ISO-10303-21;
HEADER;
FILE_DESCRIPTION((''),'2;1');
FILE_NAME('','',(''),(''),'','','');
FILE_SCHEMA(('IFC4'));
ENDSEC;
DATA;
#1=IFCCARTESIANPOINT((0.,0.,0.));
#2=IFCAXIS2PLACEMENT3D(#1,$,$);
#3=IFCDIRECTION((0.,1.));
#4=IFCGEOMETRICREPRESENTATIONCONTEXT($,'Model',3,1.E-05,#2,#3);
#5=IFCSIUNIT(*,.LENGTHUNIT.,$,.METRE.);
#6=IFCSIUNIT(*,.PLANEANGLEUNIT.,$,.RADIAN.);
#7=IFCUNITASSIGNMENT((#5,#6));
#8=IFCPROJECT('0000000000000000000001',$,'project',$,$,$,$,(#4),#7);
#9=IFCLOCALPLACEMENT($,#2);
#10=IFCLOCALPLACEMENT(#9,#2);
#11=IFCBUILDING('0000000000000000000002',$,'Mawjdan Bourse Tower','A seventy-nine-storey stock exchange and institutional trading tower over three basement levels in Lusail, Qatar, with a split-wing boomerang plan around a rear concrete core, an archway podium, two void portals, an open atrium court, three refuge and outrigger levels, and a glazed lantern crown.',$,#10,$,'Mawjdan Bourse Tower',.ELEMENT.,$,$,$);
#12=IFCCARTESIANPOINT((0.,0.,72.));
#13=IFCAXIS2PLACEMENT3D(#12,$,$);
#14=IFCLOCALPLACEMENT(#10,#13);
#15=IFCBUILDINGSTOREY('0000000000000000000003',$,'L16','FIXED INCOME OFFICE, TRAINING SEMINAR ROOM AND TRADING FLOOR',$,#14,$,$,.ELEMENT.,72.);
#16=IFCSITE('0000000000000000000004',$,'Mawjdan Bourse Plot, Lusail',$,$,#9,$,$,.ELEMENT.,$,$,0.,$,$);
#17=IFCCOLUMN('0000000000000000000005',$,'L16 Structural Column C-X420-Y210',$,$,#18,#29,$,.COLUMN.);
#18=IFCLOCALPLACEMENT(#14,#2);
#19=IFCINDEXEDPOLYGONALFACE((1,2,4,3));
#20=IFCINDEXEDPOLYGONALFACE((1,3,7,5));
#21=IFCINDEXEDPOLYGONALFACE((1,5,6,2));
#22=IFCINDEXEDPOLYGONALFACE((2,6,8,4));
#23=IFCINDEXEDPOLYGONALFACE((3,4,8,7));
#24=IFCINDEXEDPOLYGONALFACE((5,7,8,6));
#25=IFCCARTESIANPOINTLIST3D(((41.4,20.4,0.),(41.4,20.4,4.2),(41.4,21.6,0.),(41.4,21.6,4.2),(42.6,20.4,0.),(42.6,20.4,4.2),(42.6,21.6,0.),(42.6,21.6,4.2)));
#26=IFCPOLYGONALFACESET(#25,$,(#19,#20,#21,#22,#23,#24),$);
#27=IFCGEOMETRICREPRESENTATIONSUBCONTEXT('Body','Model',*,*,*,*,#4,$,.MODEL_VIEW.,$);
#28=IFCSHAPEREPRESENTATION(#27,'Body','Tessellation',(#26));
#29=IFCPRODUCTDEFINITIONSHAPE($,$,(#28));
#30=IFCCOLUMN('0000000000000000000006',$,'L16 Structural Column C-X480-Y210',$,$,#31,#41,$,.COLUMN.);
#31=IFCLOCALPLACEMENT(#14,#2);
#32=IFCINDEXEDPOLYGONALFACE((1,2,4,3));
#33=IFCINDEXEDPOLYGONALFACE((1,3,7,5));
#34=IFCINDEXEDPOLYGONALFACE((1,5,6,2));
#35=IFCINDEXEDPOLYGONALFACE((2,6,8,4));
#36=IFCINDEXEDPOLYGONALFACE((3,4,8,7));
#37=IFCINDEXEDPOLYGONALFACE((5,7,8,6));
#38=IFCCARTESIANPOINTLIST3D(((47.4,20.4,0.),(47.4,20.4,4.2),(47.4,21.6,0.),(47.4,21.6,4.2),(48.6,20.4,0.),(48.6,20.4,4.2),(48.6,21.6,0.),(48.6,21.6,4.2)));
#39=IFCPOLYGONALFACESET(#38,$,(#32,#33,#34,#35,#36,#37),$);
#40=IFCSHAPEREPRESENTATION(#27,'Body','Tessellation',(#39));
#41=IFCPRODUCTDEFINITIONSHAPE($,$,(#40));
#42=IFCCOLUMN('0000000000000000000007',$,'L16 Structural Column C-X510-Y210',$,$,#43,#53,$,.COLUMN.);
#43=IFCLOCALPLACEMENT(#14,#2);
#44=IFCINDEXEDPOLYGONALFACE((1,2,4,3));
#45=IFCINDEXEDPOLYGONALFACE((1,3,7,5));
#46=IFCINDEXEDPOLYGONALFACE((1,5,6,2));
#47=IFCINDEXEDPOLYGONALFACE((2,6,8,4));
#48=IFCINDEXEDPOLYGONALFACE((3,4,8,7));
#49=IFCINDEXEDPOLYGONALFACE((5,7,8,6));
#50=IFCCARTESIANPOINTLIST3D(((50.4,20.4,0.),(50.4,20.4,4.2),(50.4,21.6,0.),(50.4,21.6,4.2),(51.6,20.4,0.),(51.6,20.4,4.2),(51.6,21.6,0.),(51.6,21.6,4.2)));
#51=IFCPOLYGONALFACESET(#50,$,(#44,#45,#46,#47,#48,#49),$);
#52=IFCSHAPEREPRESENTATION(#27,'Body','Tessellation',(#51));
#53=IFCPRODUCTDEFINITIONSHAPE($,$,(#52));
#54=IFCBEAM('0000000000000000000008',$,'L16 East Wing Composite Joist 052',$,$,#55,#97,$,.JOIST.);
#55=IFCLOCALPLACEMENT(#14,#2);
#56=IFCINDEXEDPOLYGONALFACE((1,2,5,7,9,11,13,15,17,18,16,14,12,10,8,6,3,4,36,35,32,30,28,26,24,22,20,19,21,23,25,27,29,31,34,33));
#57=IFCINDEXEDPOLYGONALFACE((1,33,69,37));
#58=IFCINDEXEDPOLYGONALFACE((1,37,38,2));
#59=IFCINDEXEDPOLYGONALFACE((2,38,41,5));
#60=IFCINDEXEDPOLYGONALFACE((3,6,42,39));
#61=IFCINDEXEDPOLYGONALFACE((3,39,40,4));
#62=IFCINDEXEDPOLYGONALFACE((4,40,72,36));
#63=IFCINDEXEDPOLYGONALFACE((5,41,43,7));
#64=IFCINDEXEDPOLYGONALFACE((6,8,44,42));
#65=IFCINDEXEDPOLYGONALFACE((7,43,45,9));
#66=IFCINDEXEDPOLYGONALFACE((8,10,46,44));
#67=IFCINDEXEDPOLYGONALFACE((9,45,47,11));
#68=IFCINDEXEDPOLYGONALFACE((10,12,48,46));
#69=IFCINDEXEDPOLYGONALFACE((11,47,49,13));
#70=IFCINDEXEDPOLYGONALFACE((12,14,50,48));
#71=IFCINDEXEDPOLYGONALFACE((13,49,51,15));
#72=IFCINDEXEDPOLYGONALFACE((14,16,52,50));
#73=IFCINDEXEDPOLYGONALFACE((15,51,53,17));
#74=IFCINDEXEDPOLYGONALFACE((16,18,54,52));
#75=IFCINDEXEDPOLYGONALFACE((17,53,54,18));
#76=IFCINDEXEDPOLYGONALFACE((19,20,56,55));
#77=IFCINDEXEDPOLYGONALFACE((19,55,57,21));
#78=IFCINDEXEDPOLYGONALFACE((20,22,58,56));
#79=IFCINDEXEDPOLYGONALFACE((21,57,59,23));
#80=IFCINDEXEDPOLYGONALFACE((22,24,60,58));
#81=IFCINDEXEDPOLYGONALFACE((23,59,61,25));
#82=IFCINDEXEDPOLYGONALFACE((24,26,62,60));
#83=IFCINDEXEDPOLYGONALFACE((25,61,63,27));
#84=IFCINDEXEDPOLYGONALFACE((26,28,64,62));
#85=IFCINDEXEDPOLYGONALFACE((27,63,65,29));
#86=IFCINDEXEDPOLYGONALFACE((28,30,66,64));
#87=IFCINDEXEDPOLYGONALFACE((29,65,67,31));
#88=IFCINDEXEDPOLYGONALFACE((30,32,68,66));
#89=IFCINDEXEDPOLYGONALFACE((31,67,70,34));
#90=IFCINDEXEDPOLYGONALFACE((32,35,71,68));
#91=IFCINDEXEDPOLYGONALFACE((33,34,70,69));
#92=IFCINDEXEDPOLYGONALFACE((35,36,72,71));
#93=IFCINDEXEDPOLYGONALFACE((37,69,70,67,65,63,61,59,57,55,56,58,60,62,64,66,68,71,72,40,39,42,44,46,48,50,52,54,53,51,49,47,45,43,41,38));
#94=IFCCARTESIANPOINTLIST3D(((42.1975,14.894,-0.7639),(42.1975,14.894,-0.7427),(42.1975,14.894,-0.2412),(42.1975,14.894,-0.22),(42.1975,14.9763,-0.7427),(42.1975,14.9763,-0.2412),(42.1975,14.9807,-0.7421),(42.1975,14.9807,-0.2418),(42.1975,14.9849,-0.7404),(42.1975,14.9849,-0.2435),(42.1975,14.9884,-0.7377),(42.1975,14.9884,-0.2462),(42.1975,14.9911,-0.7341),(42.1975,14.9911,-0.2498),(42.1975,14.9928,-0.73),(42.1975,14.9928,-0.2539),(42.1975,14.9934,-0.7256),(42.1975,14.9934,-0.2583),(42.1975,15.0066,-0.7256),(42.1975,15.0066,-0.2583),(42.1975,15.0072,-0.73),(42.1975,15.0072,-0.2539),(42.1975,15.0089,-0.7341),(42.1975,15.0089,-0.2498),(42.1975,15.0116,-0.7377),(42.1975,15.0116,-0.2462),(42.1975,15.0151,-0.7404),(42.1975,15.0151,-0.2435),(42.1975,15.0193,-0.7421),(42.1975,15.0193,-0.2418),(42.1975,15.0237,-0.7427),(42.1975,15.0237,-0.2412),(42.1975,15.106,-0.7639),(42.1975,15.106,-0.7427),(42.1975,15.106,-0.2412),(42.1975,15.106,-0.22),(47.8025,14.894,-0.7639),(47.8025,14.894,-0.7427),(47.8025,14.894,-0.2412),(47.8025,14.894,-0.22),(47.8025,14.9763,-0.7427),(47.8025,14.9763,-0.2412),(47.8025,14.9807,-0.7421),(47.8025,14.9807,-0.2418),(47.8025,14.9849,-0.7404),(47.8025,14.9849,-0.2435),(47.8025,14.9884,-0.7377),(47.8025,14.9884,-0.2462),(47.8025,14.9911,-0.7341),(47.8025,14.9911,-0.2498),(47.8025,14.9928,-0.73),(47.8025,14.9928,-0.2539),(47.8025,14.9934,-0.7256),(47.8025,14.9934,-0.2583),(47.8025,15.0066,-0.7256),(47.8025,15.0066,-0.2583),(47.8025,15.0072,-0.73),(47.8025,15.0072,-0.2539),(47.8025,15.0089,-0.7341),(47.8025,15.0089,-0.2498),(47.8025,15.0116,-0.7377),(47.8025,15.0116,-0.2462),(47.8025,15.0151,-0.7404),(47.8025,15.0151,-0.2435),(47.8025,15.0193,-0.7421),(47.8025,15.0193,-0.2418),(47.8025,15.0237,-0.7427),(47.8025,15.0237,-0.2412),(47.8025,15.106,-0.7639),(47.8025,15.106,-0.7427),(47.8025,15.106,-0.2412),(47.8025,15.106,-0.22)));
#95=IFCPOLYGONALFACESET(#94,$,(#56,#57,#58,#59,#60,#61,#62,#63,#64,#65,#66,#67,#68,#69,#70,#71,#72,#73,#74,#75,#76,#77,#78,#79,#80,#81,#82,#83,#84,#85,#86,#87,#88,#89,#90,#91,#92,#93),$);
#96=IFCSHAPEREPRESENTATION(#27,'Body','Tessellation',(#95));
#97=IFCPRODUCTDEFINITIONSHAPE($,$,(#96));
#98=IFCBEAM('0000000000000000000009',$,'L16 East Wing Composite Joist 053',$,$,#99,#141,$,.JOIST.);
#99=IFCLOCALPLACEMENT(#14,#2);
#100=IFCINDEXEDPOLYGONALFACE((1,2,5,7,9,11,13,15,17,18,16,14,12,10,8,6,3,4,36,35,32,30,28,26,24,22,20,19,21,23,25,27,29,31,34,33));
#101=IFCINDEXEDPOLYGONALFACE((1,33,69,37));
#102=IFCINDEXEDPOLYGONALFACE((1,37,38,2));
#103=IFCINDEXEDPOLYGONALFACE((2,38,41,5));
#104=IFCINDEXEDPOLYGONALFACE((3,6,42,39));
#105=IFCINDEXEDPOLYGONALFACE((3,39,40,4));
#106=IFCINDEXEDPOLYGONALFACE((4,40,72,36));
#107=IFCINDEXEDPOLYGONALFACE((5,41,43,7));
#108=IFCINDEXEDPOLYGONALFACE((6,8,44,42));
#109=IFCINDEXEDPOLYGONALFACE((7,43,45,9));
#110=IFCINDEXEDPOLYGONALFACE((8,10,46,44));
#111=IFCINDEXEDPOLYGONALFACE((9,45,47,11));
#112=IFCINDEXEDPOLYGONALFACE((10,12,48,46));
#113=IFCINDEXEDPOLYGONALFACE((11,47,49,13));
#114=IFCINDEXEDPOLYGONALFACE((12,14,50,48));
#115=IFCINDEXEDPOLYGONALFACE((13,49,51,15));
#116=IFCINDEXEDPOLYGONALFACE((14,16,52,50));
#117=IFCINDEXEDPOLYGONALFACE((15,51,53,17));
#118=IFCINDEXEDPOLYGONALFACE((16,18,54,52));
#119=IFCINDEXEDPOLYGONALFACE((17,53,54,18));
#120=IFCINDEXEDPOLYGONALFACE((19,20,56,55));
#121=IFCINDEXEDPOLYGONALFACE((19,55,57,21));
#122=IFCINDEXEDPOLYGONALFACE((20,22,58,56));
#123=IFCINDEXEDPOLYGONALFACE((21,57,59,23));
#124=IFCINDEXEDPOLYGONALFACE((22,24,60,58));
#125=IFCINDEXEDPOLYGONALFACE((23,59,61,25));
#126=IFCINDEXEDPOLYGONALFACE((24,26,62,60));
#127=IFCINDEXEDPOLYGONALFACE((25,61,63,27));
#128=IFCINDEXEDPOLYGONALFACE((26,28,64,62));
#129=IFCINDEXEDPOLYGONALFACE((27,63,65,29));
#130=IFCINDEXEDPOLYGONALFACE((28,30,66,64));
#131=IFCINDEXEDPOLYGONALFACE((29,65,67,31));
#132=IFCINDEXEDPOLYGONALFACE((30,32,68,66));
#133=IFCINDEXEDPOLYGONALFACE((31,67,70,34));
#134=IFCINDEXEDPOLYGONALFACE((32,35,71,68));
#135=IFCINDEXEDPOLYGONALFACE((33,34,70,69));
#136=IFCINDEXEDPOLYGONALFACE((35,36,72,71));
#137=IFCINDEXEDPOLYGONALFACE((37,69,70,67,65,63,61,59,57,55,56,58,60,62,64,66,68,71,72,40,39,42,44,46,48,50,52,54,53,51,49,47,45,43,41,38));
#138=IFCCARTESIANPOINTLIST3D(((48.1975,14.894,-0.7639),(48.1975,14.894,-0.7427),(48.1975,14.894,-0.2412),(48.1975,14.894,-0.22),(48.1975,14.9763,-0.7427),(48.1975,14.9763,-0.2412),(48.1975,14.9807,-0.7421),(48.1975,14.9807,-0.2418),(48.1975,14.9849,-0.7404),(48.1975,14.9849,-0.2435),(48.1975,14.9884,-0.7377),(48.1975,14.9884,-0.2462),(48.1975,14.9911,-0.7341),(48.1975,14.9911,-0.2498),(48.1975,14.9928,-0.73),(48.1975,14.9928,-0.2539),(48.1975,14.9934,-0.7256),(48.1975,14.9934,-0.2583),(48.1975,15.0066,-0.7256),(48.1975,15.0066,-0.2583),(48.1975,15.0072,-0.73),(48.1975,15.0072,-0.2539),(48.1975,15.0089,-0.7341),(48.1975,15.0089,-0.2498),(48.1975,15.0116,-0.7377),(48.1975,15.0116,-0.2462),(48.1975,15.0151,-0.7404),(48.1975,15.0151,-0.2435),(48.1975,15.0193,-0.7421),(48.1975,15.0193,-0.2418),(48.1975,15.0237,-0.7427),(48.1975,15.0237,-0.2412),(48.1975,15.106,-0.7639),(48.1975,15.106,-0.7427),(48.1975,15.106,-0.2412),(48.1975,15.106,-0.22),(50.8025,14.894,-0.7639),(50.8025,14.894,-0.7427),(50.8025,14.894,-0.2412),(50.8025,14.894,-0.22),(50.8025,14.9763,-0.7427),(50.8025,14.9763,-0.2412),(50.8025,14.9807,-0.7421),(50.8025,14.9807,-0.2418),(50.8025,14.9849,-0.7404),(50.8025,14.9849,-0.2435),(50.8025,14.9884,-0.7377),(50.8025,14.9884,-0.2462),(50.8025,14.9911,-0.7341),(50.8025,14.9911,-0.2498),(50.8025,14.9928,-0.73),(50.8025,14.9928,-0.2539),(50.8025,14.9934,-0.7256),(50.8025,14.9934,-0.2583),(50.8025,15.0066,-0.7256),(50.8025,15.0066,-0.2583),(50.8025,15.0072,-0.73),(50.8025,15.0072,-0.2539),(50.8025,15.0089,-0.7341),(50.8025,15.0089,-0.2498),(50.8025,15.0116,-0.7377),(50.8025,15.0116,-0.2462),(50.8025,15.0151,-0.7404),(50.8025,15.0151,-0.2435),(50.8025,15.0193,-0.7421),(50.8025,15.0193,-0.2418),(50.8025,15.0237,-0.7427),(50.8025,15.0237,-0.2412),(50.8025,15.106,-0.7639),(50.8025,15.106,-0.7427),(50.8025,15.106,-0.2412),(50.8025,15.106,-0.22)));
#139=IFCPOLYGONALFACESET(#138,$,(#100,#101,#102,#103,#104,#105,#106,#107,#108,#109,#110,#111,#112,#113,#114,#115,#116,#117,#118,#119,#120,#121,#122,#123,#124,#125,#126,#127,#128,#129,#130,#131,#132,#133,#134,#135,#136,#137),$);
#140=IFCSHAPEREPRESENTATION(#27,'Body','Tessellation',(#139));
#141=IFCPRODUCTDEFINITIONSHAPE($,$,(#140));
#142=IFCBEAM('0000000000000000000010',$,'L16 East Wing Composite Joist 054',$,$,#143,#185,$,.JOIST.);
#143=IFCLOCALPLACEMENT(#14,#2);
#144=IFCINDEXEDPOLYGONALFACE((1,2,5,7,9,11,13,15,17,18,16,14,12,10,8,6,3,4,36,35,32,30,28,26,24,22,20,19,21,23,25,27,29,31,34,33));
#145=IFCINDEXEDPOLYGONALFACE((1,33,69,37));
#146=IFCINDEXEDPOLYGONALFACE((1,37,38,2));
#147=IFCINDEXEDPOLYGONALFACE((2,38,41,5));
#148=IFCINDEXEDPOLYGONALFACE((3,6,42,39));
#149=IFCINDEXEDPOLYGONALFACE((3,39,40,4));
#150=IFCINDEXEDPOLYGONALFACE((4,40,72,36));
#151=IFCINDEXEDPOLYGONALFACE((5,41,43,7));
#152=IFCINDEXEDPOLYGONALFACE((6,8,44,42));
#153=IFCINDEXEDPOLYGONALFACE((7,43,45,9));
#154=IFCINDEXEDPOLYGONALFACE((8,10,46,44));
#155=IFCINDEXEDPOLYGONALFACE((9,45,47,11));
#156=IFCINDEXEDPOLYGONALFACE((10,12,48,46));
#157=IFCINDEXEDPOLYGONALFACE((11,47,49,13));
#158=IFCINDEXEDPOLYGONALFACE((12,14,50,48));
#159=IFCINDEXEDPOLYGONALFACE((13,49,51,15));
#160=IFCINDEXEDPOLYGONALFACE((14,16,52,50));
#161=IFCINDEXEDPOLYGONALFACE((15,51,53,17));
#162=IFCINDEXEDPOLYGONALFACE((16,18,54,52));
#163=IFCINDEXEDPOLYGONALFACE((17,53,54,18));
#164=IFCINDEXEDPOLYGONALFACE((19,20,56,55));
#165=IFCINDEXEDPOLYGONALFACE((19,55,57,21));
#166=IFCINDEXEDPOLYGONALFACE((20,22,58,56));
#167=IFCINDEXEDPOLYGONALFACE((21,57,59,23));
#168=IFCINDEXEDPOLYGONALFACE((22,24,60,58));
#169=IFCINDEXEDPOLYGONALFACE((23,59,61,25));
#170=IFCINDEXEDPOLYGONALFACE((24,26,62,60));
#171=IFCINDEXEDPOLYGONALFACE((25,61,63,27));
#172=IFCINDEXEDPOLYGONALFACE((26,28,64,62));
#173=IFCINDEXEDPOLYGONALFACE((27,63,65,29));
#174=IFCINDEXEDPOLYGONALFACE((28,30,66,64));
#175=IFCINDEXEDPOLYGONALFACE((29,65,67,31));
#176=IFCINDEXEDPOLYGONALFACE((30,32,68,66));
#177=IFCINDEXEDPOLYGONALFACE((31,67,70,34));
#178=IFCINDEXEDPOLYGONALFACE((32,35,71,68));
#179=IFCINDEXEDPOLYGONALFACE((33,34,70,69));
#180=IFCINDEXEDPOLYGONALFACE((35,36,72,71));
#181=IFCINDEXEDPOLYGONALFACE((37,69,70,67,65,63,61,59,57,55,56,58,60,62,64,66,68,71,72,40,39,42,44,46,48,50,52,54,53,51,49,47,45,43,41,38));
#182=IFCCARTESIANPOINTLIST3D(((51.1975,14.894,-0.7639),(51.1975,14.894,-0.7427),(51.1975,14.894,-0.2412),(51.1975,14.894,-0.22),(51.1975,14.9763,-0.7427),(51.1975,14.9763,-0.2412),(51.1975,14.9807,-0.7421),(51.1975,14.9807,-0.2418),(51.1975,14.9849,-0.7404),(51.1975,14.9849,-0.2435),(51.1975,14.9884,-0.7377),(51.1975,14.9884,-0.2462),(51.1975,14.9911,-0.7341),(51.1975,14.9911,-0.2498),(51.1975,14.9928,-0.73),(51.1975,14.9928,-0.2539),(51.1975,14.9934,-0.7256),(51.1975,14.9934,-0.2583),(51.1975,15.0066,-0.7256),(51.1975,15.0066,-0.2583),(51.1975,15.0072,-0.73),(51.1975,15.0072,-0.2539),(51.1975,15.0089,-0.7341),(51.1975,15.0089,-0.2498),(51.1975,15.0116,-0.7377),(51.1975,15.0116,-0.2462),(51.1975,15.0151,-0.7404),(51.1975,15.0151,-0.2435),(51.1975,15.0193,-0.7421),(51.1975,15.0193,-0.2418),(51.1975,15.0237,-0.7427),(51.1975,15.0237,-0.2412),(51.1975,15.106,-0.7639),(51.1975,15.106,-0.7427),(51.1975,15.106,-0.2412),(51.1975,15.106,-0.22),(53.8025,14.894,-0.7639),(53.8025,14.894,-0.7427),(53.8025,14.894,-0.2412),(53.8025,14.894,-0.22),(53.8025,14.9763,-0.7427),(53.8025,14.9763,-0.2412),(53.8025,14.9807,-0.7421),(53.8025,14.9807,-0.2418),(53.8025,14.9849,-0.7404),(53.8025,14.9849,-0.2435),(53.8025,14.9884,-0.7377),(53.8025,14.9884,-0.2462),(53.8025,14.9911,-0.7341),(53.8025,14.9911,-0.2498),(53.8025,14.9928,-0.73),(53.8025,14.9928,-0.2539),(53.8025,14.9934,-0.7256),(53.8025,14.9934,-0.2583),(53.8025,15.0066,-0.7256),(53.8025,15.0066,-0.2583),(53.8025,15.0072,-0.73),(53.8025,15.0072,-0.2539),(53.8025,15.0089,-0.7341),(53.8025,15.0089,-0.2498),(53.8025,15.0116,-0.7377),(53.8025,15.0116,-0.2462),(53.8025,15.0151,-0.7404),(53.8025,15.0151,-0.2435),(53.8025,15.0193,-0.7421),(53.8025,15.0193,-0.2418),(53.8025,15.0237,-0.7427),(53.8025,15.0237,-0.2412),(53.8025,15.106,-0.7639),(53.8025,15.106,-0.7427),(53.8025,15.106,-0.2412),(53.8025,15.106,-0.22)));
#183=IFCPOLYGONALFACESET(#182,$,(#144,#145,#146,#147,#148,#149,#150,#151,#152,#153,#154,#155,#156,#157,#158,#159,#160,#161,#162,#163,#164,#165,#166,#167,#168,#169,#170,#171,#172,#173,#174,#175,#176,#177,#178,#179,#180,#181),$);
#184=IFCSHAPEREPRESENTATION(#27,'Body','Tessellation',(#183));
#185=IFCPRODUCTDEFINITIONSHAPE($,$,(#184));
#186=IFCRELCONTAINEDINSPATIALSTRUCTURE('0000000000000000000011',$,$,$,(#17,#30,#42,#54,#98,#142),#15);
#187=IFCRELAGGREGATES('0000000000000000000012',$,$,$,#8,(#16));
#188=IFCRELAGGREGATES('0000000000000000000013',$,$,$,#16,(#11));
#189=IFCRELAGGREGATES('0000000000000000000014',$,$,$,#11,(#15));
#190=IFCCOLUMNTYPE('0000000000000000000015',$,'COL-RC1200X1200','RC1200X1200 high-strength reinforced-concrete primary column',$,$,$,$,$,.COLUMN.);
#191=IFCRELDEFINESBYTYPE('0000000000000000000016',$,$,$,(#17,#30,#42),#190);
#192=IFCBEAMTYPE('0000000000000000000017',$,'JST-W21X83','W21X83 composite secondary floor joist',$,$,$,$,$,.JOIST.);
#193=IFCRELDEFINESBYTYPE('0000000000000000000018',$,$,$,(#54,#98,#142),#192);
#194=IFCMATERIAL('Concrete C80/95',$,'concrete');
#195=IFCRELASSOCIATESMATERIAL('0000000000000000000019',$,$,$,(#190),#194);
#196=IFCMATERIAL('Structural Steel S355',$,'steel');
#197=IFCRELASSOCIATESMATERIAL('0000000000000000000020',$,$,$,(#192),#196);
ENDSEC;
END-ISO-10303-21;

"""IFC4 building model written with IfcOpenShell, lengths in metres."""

from ifc_helpers import new_model, si_unit, direction, frame, origin, origin_2d, place, context, subcontext, project, spatial, rectangle, i_section, extrude, material, material_profile, profile_set, type_object, element, save


model = new_model("IFC4")

# Units and contexts
model_context = context("Model", 3, precision=1e-05, world=origin(), true_north=direction((0.0, 1.0)))
body_context = subcontext(model_context, "Body", "Model", "MODEL_VIEW")
ifc_project = project(units=[si_unit("LENGTHUNIT", "METRE"), si_unit("PLANEANGLEUNIT", "RADIAN")], contexts=[model_context])

# Site, building, storey
site_placement = place(None, origin())
site = spatial("IfcSite", under=ifc_project, at=site_placement, Name="Mawjdan Bourse Plot, Lusail", CompositionType="ELEMENT", RefElevation=0.0)
building_placement = place(site_placement, origin())
building = spatial("IfcBuilding", under=site, at=building_placement, Name="Mawjdan Bourse Tower", Description="A seventy-nine-storey stock exchange and institutional trading tower over three basement levels in Lusail, Qatar, with a split-wing boomerang plan around a rear concrete core, an archway podium, two void portals, an open atrium court, three refuge and outrigger levels, and a glazed lantern crown.", LongName="Mawjdan Bourse Tower", CompositionType="ELEMENT")
storey_placement = place(building_placement, frame((0.0, 0.0, 72.0)))
storey = spatial("IfcBuildingStorey", under=building, at=storey_placement, Name="L16", Description="FIXED INCOME OFFICE, TRAINING SEMINAR ROOM AND TRADING FLOOR", CompositionType="ELEMENT", Elevation=72.0)

# Columns
ifc_material_1 = material(Name="Concrete C80/95", Category="concrete")
ifc_material_profile_1 = material_profile(ifc_material_1, rectangle(XDim=1.2, YDim=1.2, at=origin_2d()), Name="RC1200X1200")
ifc_profile_set_1 = profile_set([ifc_material_profile_1], Name="Concrete C80/95")
column_type = type_object("IfcColumnType", Name="COL-RC1200X1200", Description="RC1200X1200 high-strength reinforced-concrete primary column", PredefinedType="COLUMN", material=ifc_profile_set_1)
for number, where, z_axis, x_axis, name in (
    (1, (42.0, 21.0, 0.0), (0.0, 0.0, 1.0), (1.0, 0.0, 0.0), "L16 Structural Column C-X420-Y210"),
    (2, (48.0, 21.0, 0.0), (0.0, 0.0, 1.0), (1.0, 0.0, 0.0), "L16 Structural Column C-X480-Y210"),
    (3, (51.0, 21.0, 0.0), (0.0, 0.0, 1.0), (1.0, 0.0, 0.0), "L16 Structural Column C-X510-Y210"),
):
    element("IfcColumn", number, at=place(storey_placement, frame(where, z_axis=z_axis, x_axis=x_axis)), inside=storey, type_object=column_type, Name=name, PredefinedType="COLUMN", context=body_context, shape_type="SweptSolid", body=[
        extrude(rectangle(XDim=1.2, YDim=1.2, at=origin_2d()), origin(), (0.0, 0.0, 1.0), 4.2),
    ])

# Beams
ifc_material_2 = material(Name="Structural Steel S355", Category="steel")
ifc_material_profile_2 = material_profile(ifc_material_2, i_section(OverallWidth=0.2119, OverallDepth=0.5439, WebThickness=0.0132, FlangeThickness=0.0212, FilletRadius=0.0171, at=origin_2d()), Name="W21X83")
ifc_profile_set_2 = profile_set([ifc_material_profile_2], Name="Structural Steel S355")
beam_type_1 = type_object("IfcBeamType", Name="JST-W21X83", Description="W21X83 composite secondary floor joist", PredefinedType="JOIST", material=ifc_profile_set_2)
beam_1_placement = place(storey_placement, frame((42.1975, 15.0, -0.4919), z_axis=(1.0, 0.0, 0.0), x_axis=(0.0, 1.0, 0.0)))
element("IfcBeam", 4, at=beam_1_placement, inside=storey, type_object=beam_type_1, Name="L16 East Wing Composite Joist 052", PredefinedType="JOIST", context=body_context, shape_type="SweptSolid", body=[
    extrude(i_section(OverallWidth=0.2119, OverallDepth=0.5439, WebThickness=0.0132, FlangeThickness=0.0212, FilletRadius=0.0171, at=origin_2d()), origin(), (0.0, 0.0, 1.0), 5.605),
])
for number, where, z_axis, x_axis, name in (
    (5, (48.1975, 15.0, -0.4919), (1.0, 0.0, 0.0), (0.0, 1.0, 0.0), "L16 East Wing Composite Joist 053"),
    (6, (51.1975, 15.0, -0.4919), (1.0, 0.0, 0.0), (0.0, 1.0, 0.0), "L16 East Wing Composite Joist 054"),
):
    element("IfcBeam", number, at=place(storey_placement, frame(where, z_axis=z_axis, x_axis=x_axis)), inside=storey, type_object=beam_type_1, Name=name, PredefinedType="JOIST", context=body_context, shape_type="SweptSolid", body=[
        extrude(i_section(OverallWidth=0.2119, OverallDepth=0.5439, WebThickness=0.0132, FlangeThickness=0.0212, FilletRadius=0.0171, at=origin_2d()), origin(), (0.0, 0.0, 1.0), 2.605),
    ])

save(model, "model.ifc")
